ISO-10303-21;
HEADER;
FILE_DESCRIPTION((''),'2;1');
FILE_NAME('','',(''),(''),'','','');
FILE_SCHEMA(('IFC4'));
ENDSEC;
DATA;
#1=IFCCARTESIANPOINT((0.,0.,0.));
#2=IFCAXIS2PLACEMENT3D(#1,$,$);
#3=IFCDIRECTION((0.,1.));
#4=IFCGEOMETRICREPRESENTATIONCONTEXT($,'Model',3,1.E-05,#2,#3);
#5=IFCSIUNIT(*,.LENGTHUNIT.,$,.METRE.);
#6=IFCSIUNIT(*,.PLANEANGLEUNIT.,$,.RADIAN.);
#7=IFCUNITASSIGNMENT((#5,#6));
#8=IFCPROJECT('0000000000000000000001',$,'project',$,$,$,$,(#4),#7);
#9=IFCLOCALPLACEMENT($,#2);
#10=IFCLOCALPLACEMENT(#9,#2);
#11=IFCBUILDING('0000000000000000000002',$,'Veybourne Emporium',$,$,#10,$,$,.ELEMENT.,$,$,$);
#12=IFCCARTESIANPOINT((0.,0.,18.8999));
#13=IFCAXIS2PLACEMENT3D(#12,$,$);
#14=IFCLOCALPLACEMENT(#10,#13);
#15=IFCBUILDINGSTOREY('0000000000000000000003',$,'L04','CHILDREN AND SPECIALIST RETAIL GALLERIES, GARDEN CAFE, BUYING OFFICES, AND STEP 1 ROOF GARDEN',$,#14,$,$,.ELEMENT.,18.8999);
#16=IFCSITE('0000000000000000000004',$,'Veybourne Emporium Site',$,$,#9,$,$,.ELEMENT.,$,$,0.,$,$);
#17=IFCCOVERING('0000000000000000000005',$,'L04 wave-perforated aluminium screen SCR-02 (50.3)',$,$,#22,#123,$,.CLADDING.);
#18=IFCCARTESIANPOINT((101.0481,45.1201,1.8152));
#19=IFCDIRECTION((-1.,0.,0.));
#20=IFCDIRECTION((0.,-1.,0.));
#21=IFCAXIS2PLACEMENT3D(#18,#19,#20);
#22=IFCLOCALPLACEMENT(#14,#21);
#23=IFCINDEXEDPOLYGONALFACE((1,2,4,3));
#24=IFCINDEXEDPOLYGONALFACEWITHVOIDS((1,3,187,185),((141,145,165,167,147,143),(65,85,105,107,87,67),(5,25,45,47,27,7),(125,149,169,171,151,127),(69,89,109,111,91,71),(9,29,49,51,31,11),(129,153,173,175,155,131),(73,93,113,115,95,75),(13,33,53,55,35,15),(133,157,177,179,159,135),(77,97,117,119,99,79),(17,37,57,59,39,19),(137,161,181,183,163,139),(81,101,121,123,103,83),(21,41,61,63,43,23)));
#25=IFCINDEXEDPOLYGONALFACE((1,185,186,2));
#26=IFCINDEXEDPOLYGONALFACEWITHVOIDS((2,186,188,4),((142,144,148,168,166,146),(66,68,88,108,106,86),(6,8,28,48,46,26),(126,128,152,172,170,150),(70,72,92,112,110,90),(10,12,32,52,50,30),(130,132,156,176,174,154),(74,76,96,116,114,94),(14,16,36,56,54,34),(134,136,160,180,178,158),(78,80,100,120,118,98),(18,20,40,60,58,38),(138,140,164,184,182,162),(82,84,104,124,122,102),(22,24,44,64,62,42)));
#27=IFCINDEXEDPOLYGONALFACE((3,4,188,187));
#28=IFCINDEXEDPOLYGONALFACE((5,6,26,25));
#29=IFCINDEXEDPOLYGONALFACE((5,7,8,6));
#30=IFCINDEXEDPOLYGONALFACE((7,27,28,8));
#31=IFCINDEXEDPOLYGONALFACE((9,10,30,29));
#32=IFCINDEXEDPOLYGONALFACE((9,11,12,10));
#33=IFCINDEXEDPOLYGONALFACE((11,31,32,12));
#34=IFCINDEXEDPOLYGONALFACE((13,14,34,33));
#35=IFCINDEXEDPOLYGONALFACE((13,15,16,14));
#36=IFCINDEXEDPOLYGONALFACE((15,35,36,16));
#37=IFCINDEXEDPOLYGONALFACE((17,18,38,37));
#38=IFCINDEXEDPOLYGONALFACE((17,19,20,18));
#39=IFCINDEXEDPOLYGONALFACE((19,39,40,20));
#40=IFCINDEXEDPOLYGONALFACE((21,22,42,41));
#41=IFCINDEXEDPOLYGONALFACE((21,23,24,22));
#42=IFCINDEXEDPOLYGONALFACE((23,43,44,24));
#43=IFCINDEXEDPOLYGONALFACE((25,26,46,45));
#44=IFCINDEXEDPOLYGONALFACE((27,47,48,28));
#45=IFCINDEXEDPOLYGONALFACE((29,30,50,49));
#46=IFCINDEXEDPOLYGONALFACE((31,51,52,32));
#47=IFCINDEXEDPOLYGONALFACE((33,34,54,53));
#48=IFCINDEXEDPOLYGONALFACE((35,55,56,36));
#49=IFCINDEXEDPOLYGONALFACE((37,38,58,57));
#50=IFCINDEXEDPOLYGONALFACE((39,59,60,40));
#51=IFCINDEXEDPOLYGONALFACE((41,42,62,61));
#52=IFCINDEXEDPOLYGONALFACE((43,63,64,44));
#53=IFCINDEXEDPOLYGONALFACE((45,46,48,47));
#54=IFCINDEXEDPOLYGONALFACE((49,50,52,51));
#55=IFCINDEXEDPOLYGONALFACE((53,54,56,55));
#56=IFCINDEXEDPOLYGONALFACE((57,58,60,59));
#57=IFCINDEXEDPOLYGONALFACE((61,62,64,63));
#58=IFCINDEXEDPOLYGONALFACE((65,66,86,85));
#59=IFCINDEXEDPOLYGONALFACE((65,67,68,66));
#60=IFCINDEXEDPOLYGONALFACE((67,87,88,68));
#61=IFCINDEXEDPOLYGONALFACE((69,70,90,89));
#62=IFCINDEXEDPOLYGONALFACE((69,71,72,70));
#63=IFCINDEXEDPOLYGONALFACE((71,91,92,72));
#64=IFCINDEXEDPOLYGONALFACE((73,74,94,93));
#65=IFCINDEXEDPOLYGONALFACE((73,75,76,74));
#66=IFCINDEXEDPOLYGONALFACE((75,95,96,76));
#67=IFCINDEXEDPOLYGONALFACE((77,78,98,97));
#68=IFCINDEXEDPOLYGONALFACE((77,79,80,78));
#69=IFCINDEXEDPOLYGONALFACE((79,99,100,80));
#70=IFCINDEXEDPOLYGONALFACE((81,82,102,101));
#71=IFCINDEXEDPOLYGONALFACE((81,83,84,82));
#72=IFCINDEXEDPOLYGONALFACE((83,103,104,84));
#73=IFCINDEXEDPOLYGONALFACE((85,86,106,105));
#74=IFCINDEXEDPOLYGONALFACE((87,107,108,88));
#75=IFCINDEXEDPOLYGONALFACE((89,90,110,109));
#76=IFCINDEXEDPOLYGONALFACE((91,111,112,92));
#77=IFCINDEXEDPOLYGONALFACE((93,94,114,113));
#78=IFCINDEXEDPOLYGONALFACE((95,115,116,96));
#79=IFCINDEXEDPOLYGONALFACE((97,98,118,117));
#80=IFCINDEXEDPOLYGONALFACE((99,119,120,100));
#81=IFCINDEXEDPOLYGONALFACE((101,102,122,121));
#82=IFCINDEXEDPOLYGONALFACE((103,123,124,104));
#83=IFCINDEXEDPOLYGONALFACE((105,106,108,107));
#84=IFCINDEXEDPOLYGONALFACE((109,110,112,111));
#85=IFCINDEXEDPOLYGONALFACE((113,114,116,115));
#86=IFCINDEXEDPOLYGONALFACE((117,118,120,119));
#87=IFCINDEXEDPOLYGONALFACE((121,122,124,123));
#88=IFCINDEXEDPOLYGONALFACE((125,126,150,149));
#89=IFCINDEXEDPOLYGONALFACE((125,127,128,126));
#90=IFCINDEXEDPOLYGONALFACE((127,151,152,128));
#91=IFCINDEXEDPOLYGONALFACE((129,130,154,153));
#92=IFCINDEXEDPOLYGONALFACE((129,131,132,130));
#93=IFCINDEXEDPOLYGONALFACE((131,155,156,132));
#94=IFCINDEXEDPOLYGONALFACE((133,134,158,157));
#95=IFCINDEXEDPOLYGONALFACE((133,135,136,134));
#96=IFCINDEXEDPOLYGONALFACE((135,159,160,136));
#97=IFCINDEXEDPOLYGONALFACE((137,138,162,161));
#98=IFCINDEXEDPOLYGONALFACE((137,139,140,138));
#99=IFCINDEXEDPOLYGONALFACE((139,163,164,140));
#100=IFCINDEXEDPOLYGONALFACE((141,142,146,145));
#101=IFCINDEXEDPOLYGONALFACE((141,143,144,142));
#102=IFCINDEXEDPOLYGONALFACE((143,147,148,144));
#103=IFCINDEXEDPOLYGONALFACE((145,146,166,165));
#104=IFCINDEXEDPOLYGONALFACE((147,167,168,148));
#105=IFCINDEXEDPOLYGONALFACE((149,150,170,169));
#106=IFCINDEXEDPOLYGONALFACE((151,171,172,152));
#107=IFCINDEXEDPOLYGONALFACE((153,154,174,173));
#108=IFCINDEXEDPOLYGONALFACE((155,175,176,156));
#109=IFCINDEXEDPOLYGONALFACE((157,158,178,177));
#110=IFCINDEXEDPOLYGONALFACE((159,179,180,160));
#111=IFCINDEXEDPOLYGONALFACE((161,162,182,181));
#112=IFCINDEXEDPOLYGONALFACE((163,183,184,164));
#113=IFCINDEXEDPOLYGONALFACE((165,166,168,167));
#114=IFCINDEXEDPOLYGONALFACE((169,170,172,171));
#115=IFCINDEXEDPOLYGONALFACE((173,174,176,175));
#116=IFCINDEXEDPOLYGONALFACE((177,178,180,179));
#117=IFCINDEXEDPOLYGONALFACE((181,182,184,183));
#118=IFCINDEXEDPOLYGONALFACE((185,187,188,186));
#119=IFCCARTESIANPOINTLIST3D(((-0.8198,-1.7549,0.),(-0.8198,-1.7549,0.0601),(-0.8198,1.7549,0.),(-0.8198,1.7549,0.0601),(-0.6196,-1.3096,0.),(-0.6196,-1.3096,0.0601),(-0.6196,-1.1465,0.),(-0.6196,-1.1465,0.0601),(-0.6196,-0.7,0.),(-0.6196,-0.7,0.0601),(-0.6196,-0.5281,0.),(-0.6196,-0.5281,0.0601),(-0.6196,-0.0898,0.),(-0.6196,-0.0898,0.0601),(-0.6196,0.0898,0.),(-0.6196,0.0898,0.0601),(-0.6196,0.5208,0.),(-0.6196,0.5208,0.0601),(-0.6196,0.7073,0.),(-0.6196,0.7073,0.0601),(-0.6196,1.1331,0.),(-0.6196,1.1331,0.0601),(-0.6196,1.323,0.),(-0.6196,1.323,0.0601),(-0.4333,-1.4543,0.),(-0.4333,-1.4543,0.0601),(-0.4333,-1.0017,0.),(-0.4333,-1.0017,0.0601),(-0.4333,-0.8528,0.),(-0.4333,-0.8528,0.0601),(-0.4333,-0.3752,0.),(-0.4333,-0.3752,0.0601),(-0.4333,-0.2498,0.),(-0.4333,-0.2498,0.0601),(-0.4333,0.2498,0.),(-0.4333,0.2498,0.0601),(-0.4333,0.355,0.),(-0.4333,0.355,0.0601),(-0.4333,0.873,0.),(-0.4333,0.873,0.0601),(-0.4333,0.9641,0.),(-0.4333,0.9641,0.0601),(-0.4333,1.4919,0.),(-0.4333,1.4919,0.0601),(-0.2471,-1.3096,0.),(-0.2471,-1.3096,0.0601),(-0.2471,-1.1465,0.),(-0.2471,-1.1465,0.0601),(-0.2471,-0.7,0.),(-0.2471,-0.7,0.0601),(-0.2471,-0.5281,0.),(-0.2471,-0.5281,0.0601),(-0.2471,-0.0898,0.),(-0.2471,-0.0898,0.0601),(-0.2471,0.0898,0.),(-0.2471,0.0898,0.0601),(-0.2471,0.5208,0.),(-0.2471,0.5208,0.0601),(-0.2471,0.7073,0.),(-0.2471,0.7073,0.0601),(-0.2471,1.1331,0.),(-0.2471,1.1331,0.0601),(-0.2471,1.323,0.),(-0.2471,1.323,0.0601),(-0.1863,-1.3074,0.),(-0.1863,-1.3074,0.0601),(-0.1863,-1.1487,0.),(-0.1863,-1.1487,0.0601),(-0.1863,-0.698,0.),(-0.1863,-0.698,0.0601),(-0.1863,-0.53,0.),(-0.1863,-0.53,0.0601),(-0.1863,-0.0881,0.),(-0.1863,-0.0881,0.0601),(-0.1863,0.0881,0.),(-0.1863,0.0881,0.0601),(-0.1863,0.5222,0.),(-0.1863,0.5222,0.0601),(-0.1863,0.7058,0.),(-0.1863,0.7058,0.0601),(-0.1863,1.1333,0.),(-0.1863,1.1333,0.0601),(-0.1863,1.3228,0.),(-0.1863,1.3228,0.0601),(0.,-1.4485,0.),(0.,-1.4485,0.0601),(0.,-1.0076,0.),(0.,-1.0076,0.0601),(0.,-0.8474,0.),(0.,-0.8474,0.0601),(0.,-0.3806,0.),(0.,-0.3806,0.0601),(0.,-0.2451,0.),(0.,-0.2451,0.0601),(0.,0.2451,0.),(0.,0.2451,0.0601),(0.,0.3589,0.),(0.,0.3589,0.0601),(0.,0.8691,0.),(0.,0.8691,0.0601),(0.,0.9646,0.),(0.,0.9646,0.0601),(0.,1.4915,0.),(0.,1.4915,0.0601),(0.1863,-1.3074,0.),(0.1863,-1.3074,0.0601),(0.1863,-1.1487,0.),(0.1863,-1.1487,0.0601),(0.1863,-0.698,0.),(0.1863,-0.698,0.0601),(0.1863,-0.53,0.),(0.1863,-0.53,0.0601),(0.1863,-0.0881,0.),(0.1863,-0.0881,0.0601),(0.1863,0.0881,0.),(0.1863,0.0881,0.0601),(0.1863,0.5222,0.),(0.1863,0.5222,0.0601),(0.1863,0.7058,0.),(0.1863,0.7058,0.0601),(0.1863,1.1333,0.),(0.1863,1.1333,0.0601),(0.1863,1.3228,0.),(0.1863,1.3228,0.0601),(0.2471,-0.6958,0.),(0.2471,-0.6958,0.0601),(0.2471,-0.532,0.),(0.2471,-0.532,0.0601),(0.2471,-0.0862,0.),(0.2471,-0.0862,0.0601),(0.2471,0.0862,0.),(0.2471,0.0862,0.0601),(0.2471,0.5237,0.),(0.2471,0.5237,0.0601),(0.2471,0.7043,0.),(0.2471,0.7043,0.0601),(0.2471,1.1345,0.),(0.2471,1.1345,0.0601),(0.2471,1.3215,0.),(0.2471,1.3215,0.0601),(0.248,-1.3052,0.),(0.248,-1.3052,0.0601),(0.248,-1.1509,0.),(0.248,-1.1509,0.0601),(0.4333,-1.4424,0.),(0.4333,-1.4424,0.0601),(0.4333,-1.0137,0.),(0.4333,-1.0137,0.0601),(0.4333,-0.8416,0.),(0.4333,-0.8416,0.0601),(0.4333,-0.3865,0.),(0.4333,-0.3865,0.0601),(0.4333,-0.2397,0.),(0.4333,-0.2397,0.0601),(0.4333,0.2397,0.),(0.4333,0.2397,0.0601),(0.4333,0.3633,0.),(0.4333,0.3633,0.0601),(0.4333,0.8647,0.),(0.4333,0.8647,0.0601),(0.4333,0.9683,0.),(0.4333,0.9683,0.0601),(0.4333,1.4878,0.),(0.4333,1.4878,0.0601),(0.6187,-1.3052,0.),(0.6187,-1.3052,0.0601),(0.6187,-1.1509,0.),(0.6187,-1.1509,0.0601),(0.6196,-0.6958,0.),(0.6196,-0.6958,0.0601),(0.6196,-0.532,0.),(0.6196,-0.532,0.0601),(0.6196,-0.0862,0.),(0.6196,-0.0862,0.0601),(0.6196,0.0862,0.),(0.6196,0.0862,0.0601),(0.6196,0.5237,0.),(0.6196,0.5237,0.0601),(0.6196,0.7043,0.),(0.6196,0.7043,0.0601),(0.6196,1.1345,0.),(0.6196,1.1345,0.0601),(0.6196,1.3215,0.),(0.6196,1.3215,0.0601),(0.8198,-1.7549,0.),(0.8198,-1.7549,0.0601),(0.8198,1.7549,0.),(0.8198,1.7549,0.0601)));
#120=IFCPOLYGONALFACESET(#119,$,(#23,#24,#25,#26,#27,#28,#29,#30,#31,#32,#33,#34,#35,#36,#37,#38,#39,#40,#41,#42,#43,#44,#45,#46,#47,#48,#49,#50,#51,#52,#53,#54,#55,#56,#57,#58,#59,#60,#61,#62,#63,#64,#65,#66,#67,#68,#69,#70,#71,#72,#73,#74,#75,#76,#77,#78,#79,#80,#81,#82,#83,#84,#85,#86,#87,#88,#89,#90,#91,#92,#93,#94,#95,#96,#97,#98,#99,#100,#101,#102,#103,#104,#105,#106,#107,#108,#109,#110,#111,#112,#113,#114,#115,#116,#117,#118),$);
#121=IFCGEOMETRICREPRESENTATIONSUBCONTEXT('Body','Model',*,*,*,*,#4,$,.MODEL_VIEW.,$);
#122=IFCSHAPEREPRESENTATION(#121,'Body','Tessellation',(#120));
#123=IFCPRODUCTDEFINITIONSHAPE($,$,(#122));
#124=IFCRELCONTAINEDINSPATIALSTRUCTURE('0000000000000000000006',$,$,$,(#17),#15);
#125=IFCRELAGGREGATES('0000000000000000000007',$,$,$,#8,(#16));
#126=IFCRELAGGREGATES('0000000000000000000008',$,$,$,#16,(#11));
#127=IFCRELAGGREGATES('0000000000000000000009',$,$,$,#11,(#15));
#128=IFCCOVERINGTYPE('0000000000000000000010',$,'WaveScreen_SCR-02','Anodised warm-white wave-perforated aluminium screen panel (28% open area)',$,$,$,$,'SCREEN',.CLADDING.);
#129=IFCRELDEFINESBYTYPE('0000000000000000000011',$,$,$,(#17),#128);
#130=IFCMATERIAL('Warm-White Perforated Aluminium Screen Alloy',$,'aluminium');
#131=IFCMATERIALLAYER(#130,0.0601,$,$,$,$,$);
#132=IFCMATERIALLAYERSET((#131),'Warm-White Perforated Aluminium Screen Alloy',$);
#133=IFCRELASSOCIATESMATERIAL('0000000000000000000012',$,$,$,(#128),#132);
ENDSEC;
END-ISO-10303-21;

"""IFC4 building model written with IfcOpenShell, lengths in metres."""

from ifc_helpers import new_model, si_unit, direction, frame, origin, place, context, subcontext, project, spatial, polyline, outline, extrude, material, layer, layer_set, type_object, element, save


model = new_model("IFC4")

# Units and contexts
model_context = context("Model", 3, precision=1e-05, world=origin(), true_north=direction((0.0, 1.0)))
body_context = subcontext(model_context, "Body", "Model", "MODEL_VIEW")
ifc_project = project(units=[si_unit("LENGTHUNIT", "METRE"), si_unit("PLANEANGLEUNIT", "RADIAN")], contexts=[model_context])

# Site, building, storey
site_placement = place(None, origin())
site = spatial("IfcSite", under=ifc_project, at=site_placement, Name="Veybourne Emporium Site", CompositionType="ELEMENT", RefElevation=0.0)
building_placement = place(site_placement, origin())
building = spatial("IfcBuilding", under=site, at=building_placement, Name="Veybourne Emporium", CompositionType="ELEMENT")
storey_placement = place(building_placement, frame((0.0, 0.0, 18.8999)))
storey = spatial("IfcBuildingStorey", under=building, at=storey_placement, Name="L04", Description="CHILDREN AND SPECIALIST RETAIL GALLERIES, GARDEN CAFE, BUYING OFFICES, AND STEP 1 ROOF GARDEN", CompositionType="ELEMENT", Elevation=18.8999)

# Covering
ifc_material_1 = material(Name="Warm-White Perforated Aluminium Screen Alloy", Category="aluminium")
ifc_layer_1 = layer(ifc_material_1, 0.0601)
ifc_layer_set_1 = layer_set([ifc_layer_1], Name="Warm-White Perforated Aluminium Screen Alloy")
covering_type_1 = type_object("IfcCoveringType", Name="WaveScreen_SCR-02", Description="Anodised warm-white wave-perforated aluminium screen panel (28% open area)", ElementType="SCREEN", PredefinedType="CLADDING", material=ifc_layer_set_1)
covering_1_placement = place(storey_placement, frame((101.0481, 45.1201, 1.8152), z_axis=(-1.0, 0.0, 0.0), x_axis=(0.0, -1.0, 0.0)))
element("IfcCovering", 1, at=covering_1_placement, inside=storey, type_object=covering_type_1, Name="L04 wave-perforated aluminium screen SCR-02 (50.3)", PredefinedType="CLADDING", context=body_context, shape_type="SweptSolid", body=[
    extrude(outline(polyline([(-0.8198, -1.7549), (0.8198, -1.7549), (0.8198, 1.7549), (-0.8198, 1.7549), (-0.8198, -1.7549)]), holes=[polyline([(-0.4333, -1.0017), (-0.2471, -1.1465), (-0.2471, -1.3096), (-0.4333, -1.4543), (-0.6196, -1.3096), (-0.6196, -1.1465), (-0.4333, -1.0017)]), polyline([(-0.4333, -0.3752), (-0.2471, -0.5281), (-0.2471, -0.7), (-0.4333, -0.8528), (-0.6196, -0.7), (-0.6196, -0.5281), (-0.4333, -0.3752)]), polyline([(-0.4333, 0.2498), (-0.2471, 0.0898), (-0.2471, -0.0898), (-0.4333, -0.2498), (-0.6196, -0.0898), (-0.6196, 0.0898), (-0.4333, 0.2498)]), polyline([(-0.4333, 0.873), (-0.2471, 0.7073), (-0.2471, 0.5208), (-0.4333, 0.355), (-0.6196, 0.5208), (-0.6196, 0.7073), (-0.4333, 0.873)]), polyline([(-0.4333, 1.4919), (-0.2471, 1.323), (-0.2471, 1.1331), (-0.4333, 0.9641), (-0.6196, 1.1331), (-0.6196, 1.323), (-0.4333, 1.4919)]), polyline([(0.0, -1.0076), (0.1863, -1.1487), (0.1863, -1.3074), (0.0, -1.4485), (-0.1863, -1.3074), (-0.1863, -1.1487), (0.0, -1.0076)]), polyline([(0.0, -0.3806), (0.1863, -0.53), (0.1863, -0.698), (0.0, -0.8474), (-0.1863, -0.698), (-0.1863, -0.53), (0.0, -0.3806)]), polyline([(0.0, 0.2451), (0.1863, 0.0881), (0.1863, -0.0881), (0.0, -0.2451), (-0.1863, -0.0881), (-0.1863, 0.0881), (0.0, 0.2451)]), polyline([(0.0, 0.8691), (0.1863, 0.7058), (0.1863, 0.5222), (0.0, 0.3589), (-0.1863, 0.5222), (-0.1863, 0.7058), (0.0, 0.8691)]), polyline([(0.0, 1.4915), (0.1863, 1.3228), (0.1863, 1.1333), (0.0, 0.9646), (-0.1863, 1.1333), (-0.1863, 1.3228), (0.0, 1.4915)]), polyline([(0.4333, -1.0137), (0.6187, -1.1509), (0.6187, -1.3052), (0.4333, -1.4424), (0.248, -1.3052), (0.248, -1.1509), (0.4333, -1.0137)]), polyline([(0.4333, -0.3865), (0.6196, -0.532), (0.6196, -0.6958), (0.4333, -0.8416), (0.2471, -0.6958), (0.2471, -0.532), (0.4333, -0.3865)]), polyline([(0.4333, 0.2397), (0.6196, 0.0862), (0.6196, -0.0862), (0.4333, -0.2397), (0.2471, -0.0862), (0.2471, 0.0862), (0.4333, 0.2397)]), polyline([(0.4333, 0.8647), (0.6196, 0.7043), (0.6196, 0.5237), (0.4333, 0.3633), (0.2471, 0.5237), (0.2471, 0.7043), (0.4333, 0.8647)]), polyline([(0.4333, 1.4878), (0.6196, 1.3215), (0.6196, 1.1345), (0.4333, 0.9683), (0.2471, 1.1345), (0.2471, 1.3215), (0.4333, 1.4878)])]), origin(), (0.0, 0.0, 1.0), 0.0601),
])

save(model, "model.ifc")
